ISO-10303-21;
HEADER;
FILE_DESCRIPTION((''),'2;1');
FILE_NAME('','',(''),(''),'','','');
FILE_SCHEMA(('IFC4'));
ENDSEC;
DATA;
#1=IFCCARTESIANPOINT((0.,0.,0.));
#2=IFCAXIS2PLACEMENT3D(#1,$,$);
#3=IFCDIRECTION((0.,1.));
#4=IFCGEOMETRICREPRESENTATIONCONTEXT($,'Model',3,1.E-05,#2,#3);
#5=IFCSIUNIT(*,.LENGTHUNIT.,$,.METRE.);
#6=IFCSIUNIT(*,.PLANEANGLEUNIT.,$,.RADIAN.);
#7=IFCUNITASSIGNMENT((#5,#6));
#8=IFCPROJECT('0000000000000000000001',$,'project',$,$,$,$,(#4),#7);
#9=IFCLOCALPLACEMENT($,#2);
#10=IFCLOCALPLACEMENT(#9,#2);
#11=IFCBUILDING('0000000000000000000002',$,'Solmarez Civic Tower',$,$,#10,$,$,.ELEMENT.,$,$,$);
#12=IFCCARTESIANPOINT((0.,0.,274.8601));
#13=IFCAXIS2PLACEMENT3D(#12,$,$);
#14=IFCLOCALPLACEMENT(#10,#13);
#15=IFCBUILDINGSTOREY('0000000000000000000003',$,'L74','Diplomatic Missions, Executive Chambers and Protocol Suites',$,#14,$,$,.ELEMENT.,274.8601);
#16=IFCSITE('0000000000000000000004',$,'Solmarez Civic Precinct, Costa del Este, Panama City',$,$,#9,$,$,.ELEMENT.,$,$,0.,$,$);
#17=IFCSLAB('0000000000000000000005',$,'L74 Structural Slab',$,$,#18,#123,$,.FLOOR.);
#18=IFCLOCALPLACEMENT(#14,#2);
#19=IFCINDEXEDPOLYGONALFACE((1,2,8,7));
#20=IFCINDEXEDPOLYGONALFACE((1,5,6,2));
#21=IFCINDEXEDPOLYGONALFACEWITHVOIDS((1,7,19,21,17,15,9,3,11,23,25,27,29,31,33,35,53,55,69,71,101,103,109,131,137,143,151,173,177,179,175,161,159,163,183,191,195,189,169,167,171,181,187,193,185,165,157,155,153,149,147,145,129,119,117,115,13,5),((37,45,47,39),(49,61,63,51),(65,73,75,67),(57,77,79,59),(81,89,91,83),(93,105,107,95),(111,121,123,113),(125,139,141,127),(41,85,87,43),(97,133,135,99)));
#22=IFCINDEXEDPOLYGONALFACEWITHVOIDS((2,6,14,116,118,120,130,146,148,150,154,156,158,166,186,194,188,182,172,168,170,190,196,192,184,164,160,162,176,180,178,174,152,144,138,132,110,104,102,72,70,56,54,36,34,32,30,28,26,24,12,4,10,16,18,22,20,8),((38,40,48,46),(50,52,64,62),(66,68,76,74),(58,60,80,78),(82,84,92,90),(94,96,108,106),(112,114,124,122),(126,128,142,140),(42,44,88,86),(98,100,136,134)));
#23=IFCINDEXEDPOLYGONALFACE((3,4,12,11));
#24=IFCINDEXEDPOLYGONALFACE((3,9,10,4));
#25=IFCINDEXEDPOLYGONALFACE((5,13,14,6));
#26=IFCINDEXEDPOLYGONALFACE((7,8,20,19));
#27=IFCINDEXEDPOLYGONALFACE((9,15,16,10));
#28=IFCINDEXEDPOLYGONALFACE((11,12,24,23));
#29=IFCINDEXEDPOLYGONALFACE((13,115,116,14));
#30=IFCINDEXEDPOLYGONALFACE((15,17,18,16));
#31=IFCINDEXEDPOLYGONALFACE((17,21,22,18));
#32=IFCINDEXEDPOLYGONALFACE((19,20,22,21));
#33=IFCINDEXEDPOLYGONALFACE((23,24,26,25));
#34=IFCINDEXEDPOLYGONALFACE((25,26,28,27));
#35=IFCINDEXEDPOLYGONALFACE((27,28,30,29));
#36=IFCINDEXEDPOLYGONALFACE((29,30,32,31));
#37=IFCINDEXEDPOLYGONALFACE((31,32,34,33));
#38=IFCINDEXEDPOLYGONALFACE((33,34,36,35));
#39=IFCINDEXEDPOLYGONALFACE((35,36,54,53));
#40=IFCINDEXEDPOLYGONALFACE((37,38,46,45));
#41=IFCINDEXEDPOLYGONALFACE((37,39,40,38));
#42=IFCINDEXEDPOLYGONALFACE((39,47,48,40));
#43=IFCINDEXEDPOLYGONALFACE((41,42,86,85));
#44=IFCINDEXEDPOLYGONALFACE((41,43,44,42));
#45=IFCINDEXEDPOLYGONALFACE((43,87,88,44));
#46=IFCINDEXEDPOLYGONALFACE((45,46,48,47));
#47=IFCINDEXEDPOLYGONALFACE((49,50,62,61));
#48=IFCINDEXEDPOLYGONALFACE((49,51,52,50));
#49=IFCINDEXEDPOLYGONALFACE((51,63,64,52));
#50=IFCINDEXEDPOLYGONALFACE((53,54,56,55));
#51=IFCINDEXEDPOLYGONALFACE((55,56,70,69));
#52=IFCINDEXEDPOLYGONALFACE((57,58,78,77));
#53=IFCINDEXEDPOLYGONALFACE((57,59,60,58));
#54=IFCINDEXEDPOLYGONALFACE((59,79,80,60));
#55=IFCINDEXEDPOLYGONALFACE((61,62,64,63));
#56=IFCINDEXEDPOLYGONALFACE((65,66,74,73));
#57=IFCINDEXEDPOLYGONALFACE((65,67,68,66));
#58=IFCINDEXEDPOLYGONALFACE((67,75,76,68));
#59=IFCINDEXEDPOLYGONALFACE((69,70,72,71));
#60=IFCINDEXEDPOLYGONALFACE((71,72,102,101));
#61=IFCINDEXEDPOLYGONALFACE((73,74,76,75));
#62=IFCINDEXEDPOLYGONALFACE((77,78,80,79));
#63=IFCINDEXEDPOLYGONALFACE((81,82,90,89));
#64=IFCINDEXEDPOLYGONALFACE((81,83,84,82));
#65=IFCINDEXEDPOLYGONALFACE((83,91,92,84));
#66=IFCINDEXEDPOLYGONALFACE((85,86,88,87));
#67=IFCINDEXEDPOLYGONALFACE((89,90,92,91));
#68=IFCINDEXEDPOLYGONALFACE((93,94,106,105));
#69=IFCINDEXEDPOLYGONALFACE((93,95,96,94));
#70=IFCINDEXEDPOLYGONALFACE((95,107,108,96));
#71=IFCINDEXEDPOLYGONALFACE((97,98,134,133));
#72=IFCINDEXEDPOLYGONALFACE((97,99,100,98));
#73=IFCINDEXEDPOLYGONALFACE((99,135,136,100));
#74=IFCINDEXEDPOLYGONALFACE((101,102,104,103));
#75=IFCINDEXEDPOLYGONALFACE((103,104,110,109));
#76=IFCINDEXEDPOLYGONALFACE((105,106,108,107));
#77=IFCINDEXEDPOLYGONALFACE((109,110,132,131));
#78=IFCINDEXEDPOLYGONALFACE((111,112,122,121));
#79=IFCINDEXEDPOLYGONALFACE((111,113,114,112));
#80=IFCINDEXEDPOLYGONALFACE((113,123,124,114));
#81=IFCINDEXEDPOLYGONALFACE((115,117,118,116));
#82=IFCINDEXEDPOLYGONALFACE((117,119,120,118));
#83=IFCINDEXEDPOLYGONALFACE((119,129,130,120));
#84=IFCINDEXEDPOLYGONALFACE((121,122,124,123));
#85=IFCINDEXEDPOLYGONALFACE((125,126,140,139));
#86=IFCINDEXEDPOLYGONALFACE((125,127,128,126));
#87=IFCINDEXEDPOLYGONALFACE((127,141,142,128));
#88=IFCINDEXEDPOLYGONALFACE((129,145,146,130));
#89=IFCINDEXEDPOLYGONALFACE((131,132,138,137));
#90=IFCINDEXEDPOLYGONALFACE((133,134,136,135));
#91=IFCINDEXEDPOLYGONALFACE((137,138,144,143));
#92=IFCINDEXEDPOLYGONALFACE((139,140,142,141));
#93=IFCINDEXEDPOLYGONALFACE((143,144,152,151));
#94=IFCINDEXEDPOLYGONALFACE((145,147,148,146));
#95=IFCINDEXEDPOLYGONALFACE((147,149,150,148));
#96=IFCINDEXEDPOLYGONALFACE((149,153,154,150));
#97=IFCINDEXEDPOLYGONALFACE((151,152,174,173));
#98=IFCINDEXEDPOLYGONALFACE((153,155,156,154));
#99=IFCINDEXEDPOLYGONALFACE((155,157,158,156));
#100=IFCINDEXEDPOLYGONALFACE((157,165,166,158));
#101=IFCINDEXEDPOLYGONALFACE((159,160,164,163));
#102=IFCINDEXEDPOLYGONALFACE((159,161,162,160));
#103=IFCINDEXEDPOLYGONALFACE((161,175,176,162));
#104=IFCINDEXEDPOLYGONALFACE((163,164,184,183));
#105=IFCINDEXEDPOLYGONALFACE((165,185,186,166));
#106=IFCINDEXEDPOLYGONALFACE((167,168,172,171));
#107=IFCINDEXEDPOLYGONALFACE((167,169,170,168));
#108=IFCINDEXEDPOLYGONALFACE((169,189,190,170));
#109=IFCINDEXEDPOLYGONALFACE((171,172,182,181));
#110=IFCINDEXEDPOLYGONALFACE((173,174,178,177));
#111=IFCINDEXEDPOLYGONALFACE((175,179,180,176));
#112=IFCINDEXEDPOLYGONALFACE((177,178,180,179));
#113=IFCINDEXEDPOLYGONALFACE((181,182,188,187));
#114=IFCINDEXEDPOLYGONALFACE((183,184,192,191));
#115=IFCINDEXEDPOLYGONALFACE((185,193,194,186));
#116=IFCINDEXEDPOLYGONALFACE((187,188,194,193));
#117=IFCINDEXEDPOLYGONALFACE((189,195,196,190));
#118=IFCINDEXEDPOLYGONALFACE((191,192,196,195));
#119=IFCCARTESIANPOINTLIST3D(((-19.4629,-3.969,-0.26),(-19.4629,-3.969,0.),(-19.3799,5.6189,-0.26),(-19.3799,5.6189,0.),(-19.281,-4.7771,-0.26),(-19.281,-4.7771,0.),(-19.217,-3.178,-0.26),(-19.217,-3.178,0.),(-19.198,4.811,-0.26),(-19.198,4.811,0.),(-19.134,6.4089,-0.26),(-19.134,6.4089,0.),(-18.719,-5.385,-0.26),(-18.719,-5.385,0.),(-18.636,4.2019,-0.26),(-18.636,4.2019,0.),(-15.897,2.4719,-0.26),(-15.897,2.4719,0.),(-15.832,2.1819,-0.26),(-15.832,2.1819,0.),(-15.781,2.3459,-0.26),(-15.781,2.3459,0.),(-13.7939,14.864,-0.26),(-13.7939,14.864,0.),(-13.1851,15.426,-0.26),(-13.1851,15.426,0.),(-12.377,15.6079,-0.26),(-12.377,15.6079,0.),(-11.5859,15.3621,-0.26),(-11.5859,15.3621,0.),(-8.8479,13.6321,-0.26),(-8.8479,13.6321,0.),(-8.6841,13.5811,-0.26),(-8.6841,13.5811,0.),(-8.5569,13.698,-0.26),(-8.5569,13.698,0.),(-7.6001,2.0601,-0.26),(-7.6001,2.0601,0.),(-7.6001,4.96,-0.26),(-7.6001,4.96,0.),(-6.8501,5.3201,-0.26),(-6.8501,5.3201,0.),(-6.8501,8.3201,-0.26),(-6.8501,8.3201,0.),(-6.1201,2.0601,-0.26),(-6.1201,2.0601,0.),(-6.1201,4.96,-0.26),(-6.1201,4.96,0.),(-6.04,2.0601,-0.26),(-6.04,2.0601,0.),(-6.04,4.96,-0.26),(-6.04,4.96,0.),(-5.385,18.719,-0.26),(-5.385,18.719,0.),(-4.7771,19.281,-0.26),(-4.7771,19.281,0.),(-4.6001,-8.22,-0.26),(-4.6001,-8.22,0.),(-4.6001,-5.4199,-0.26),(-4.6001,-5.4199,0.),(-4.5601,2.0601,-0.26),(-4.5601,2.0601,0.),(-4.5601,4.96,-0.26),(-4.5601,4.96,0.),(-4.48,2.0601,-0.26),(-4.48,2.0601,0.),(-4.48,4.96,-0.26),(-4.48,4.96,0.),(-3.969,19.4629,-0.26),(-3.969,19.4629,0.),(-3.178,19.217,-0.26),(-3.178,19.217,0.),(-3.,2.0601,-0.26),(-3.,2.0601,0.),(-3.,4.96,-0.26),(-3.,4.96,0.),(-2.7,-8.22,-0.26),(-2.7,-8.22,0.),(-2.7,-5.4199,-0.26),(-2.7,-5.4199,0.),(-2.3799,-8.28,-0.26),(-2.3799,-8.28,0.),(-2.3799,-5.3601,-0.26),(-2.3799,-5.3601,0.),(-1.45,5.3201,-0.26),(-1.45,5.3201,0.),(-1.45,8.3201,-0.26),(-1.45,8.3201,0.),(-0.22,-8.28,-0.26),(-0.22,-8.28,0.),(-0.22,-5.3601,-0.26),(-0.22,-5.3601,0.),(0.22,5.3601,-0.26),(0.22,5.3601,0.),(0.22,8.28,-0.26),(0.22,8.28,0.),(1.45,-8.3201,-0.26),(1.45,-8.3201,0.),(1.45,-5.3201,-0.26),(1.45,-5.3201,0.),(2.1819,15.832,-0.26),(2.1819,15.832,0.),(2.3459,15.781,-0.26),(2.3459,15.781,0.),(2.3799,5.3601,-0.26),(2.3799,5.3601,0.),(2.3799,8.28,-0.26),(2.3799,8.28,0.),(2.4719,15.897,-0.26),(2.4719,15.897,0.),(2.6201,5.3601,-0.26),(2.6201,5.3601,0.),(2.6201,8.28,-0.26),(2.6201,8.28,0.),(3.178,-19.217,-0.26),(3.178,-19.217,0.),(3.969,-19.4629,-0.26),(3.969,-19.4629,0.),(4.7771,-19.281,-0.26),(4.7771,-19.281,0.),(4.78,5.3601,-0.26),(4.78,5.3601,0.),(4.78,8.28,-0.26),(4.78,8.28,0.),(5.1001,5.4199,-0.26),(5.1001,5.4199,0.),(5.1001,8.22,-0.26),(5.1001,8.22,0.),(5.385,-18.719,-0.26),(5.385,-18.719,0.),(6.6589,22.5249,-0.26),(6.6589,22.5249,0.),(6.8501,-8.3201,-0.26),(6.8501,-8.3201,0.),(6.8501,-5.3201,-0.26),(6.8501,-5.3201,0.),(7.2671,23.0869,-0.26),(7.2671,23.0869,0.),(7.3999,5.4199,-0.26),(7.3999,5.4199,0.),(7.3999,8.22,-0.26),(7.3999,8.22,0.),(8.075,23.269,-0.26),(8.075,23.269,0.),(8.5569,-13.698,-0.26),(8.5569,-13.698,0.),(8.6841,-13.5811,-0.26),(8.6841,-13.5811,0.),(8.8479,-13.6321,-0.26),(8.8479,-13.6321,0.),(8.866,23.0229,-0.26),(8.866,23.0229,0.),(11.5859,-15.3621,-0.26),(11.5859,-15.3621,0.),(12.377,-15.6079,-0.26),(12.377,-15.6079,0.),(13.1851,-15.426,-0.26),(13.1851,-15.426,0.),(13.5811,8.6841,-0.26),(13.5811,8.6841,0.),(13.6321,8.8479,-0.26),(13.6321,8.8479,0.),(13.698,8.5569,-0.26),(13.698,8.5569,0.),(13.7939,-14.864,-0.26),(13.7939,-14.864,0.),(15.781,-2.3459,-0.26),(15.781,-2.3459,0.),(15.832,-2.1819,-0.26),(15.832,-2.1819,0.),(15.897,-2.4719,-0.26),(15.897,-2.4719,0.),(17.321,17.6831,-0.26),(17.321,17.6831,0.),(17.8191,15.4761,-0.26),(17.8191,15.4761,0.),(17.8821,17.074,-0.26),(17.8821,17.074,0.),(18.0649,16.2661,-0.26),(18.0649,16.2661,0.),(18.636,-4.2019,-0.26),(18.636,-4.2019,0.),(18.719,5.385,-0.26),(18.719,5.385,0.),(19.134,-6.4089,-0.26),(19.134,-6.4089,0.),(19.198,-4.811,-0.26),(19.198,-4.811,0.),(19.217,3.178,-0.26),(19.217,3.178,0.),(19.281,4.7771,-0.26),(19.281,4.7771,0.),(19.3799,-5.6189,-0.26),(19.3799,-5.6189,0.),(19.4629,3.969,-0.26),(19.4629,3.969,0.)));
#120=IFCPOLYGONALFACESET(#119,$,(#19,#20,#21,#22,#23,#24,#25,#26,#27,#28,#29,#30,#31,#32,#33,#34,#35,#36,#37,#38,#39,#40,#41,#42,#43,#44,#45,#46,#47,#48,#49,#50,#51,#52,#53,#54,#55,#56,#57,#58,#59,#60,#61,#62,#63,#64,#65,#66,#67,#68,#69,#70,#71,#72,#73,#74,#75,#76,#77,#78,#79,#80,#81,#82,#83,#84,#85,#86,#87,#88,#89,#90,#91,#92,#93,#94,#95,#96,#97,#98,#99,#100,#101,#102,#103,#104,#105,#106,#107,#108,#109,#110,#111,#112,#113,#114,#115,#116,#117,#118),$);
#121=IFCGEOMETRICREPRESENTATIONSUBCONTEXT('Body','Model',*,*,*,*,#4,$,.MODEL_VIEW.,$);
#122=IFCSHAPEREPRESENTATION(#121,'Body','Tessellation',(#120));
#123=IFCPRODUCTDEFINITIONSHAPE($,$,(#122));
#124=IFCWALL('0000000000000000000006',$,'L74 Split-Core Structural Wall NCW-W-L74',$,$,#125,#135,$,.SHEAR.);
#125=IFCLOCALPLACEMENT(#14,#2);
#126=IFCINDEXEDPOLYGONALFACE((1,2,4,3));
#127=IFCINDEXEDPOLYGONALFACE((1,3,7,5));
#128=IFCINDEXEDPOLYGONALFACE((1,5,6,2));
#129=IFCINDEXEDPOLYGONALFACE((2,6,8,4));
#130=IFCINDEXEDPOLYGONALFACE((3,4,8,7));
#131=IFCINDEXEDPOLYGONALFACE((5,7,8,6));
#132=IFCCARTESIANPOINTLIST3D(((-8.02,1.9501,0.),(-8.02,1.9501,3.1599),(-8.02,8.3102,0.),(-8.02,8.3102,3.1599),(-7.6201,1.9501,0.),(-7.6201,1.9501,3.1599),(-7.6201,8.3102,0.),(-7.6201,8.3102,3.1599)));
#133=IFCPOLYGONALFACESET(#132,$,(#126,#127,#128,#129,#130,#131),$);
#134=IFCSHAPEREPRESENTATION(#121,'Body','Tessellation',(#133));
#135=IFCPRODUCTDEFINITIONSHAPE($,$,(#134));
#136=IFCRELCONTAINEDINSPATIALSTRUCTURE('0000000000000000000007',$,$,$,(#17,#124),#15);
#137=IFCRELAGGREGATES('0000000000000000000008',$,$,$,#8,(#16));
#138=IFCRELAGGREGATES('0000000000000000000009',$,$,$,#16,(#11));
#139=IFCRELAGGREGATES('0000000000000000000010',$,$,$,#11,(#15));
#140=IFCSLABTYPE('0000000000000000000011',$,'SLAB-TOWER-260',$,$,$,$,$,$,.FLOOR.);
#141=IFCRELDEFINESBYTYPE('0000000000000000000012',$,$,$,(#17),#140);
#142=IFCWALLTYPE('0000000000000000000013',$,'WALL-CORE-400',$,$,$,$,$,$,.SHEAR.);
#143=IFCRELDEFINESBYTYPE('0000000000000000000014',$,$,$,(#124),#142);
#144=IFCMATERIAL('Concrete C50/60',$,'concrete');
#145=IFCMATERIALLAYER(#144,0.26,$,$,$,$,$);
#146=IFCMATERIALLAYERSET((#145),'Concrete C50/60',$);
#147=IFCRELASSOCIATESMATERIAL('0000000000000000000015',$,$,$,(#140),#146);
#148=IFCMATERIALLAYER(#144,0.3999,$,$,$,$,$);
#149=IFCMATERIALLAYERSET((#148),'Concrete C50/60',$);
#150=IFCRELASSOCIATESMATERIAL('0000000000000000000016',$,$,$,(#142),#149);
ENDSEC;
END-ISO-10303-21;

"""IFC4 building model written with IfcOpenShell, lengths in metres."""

from ifc_helpers import new_model, si_unit, direction, frame, frame_2d, origin, place, context, subcontext, project, spatial, polyline, rectangle, outline, extrude, material, layer, layer_set, type_object, element, save


model = new_model("IFC4")

# Units and contexts
model_context = context("Model", 3, precision=1e-05, world=origin(), true_north=direction((0.0, 1.0)))
body_context = subcontext(model_context, "Body", "Model", "MODEL_VIEW")
ifc_project = project(units=[si_unit("LENGTHUNIT", "METRE"), si_unit("PLANEANGLEUNIT", "RADIAN")], contexts=[model_context])

# Site, building, storey
site_placement = place(None, origin())
site = spatial("IfcSite", under=ifc_project, at=site_placement, Name="Solmarez Civic Precinct, Costa del Este, Panama City", CompositionType="ELEMENT", RefElevation=0.0)
building_placement = place(site_placement, origin())
building = spatial("IfcBuilding", under=site, at=building_placement, Name="Solmarez Civic Tower", CompositionType="ELEMENT")
storey_placement = place(building_placement, frame((0.0, 0.0, 274.8601)))
storey = spatial("IfcBuildingStorey", under=building, at=storey_placement, Name="L74", Description="Diplomatic Missions, Executive Chambers and Protocol Suites", CompositionType="ELEMENT", Elevation=274.8601)

# Shared definitions
ifc_material_1 = material(Name="Concrete C50/60", Category="concrete")

# Slab
ifc_layer_1 = layer(ifc_material_1, 0.26)
ifc_layer_set_1 = layer_set([ifc_layer_1], Name="Concrete C50/60")
slab_type_1 = type_object("IfcSlabType", Name="SLAB-TOWER-260", PredefinedType="FLOOR", material=ifc_layer_set_1)
slab_1_placement = place(storey_placement, frame((0.0, 0.0, -0.26)))
element("IfcSlab", 1, at=slab_1_placement, inside=storey, type_object=slab_type_1, Name="L74 Structural Slab", PredefinedType="FLOOR", context=body_context, shape_type="SweptSolid", body=[
    extrude(outline(polyline([(8.8479, -13.6321), (11.5859, -15.3621), (12.377, -15.6079), (13.1851, -15.426), (13.7939, -14.864), (19.134, -6.4089), (19.3799, -5.6189), (19.198, -4.811), (18.636, -4.2019), (15.897, -2.4719), (15.781, -2.3459), (15.832, -2.1819), (19.217, 3.178), (19.4629, 3.969), (19.281, 4.7771), (18.719, 5.385), (13.698, 8.5569), (13.5811, 8.6841), (13.6321, 8.8479), (17.8191, 15.4761), (18.0649, 16.2661), (17.8821, 17.074), (17.321, 17.6831), (8.866, 23.0229), (8.075, 23.269), (7.2671, 23.0869), (6.6589, 22.5249), (2.4719, 15.897), (2.3459, 15.781), (2.1819, 15.832), (-3.178, 19.217), (-3.969, 19.4629), (-4.7771, 19.281), (-5.385, 18.719), (-8.5569, 13.698), (-8.6841, 13.5811), (-8.8479, 13.6321), (-11.5859, 15.3621), (-12.377, 15.6079), (-13.1851, 15.426), (-13.7939, 14.864), (-19.134, 6.4089), (-19.3799, 5.6189), (-19.198, 4.811), (-18.636, 4.2019), (-15.897, 2.4719), (-15.781, 2.3459), (-15.832, 2.1819), (-19.217, -3.178), (-19.4629, -3.969), (-19.281, -4.7771), (-18.719, -5.385), (3.178, -19.217), (3.969, -19.4629), (4.7771, -19.281), (5.385, -18.719), (8.5569, -13.698), (8.6841, -13.5811), (8.8479, -13.6321)]), holes=[polyline([(-1.45, 8.3201), (-6.8501, 8.3201), (-6.8501, 5.3201), (-1.45, 5.3201), (-1.45, 8.3201)]), polyline([(1.45, -8.3201), (6.8501, -8.3201), (6.8501, -5.3201), (1.45, -5.3201), (1.45, -8.3201)]), polyline([(0.22, 5.3601), (2.3799, 5.3601), (2.3799, 8.28), (0.22, 8.28), (0.22, 5.3601)]), polyline([(2.6201, 5.3601), (4.78, 5.3601), (4.78, 8.28), (2.6201, 8.28), (2.6201, 5.3601)]), polyline([(-2.3799, -8.28), (-0.22, -8.28), (-0.22, -5.3601), (-2.3799, -5.3601), (-2.3799, -8.28)]), polyline([(-7.6001, 2.0601), (-6.1201, 2.0601), (-6.1201, 4.96), (-7.6001, 4.96), (-7.6001, 2.0601)]), polyline([(-6.04, 2.0601), (-4.5601, 2.0601), (-4.5601, 4.96), (-6.04, 4.96), (-6.04, 2.0601)]), polyline([(-4.48, 2.0601), (-3.0, 2.0601), (-3.0, 4.96), (-4.48, 4.96), (-4.48, 2.0601)]), polyline([(5.1001, 5.4199), (7.3999, 5.4199), (7.3999, 8.22), (5.1001, 8.22), (5.1001, 5.4199)]), polyline([(-4.6001, -8.22), (-2.7, -8.22), (-2.7, -5.4199), (-4.6001, -5.4199), (-4.6001, -8.22)])]), origin(), (0.0, 0.0, 1.0), 0.26),
])

# Wall
ifc_layer_2 = layer(ifc_material_1, 0.3999)
ifc_layer_set_2 = layer_set([ifc_layer_2], Name="Concrete C50/60")
wall_type_1 = type_object("IfcWallType", Name="WALL-CORE-400", PredefinedType="SHEAR", material=ifc_layer_set_2)
wall_1_placement = place(storey_placement, frame((-7.8201, 1.95, 0.0), z_axis=(0.0, 0.0, 1.0), x_axis=(0.0, 1.0, 0.0)))
element("IfcWall", 2, at=wall_1_placement, inside=storey, type_object=wall_type_1, Name="L74 Split-Core Structural Wall NCW-W-L74", PredefinedType="SHEAR", context=body_context, shape_type="SweptSolid", body=[
    extrude(rectangle(XDim=6.3601, YDim=0.3999, at=frame_2d((3.1802, 0.0))), origin(), (0.0, 0.0, 1.0), 3.1599),
])

save(model, "model.ifc")
